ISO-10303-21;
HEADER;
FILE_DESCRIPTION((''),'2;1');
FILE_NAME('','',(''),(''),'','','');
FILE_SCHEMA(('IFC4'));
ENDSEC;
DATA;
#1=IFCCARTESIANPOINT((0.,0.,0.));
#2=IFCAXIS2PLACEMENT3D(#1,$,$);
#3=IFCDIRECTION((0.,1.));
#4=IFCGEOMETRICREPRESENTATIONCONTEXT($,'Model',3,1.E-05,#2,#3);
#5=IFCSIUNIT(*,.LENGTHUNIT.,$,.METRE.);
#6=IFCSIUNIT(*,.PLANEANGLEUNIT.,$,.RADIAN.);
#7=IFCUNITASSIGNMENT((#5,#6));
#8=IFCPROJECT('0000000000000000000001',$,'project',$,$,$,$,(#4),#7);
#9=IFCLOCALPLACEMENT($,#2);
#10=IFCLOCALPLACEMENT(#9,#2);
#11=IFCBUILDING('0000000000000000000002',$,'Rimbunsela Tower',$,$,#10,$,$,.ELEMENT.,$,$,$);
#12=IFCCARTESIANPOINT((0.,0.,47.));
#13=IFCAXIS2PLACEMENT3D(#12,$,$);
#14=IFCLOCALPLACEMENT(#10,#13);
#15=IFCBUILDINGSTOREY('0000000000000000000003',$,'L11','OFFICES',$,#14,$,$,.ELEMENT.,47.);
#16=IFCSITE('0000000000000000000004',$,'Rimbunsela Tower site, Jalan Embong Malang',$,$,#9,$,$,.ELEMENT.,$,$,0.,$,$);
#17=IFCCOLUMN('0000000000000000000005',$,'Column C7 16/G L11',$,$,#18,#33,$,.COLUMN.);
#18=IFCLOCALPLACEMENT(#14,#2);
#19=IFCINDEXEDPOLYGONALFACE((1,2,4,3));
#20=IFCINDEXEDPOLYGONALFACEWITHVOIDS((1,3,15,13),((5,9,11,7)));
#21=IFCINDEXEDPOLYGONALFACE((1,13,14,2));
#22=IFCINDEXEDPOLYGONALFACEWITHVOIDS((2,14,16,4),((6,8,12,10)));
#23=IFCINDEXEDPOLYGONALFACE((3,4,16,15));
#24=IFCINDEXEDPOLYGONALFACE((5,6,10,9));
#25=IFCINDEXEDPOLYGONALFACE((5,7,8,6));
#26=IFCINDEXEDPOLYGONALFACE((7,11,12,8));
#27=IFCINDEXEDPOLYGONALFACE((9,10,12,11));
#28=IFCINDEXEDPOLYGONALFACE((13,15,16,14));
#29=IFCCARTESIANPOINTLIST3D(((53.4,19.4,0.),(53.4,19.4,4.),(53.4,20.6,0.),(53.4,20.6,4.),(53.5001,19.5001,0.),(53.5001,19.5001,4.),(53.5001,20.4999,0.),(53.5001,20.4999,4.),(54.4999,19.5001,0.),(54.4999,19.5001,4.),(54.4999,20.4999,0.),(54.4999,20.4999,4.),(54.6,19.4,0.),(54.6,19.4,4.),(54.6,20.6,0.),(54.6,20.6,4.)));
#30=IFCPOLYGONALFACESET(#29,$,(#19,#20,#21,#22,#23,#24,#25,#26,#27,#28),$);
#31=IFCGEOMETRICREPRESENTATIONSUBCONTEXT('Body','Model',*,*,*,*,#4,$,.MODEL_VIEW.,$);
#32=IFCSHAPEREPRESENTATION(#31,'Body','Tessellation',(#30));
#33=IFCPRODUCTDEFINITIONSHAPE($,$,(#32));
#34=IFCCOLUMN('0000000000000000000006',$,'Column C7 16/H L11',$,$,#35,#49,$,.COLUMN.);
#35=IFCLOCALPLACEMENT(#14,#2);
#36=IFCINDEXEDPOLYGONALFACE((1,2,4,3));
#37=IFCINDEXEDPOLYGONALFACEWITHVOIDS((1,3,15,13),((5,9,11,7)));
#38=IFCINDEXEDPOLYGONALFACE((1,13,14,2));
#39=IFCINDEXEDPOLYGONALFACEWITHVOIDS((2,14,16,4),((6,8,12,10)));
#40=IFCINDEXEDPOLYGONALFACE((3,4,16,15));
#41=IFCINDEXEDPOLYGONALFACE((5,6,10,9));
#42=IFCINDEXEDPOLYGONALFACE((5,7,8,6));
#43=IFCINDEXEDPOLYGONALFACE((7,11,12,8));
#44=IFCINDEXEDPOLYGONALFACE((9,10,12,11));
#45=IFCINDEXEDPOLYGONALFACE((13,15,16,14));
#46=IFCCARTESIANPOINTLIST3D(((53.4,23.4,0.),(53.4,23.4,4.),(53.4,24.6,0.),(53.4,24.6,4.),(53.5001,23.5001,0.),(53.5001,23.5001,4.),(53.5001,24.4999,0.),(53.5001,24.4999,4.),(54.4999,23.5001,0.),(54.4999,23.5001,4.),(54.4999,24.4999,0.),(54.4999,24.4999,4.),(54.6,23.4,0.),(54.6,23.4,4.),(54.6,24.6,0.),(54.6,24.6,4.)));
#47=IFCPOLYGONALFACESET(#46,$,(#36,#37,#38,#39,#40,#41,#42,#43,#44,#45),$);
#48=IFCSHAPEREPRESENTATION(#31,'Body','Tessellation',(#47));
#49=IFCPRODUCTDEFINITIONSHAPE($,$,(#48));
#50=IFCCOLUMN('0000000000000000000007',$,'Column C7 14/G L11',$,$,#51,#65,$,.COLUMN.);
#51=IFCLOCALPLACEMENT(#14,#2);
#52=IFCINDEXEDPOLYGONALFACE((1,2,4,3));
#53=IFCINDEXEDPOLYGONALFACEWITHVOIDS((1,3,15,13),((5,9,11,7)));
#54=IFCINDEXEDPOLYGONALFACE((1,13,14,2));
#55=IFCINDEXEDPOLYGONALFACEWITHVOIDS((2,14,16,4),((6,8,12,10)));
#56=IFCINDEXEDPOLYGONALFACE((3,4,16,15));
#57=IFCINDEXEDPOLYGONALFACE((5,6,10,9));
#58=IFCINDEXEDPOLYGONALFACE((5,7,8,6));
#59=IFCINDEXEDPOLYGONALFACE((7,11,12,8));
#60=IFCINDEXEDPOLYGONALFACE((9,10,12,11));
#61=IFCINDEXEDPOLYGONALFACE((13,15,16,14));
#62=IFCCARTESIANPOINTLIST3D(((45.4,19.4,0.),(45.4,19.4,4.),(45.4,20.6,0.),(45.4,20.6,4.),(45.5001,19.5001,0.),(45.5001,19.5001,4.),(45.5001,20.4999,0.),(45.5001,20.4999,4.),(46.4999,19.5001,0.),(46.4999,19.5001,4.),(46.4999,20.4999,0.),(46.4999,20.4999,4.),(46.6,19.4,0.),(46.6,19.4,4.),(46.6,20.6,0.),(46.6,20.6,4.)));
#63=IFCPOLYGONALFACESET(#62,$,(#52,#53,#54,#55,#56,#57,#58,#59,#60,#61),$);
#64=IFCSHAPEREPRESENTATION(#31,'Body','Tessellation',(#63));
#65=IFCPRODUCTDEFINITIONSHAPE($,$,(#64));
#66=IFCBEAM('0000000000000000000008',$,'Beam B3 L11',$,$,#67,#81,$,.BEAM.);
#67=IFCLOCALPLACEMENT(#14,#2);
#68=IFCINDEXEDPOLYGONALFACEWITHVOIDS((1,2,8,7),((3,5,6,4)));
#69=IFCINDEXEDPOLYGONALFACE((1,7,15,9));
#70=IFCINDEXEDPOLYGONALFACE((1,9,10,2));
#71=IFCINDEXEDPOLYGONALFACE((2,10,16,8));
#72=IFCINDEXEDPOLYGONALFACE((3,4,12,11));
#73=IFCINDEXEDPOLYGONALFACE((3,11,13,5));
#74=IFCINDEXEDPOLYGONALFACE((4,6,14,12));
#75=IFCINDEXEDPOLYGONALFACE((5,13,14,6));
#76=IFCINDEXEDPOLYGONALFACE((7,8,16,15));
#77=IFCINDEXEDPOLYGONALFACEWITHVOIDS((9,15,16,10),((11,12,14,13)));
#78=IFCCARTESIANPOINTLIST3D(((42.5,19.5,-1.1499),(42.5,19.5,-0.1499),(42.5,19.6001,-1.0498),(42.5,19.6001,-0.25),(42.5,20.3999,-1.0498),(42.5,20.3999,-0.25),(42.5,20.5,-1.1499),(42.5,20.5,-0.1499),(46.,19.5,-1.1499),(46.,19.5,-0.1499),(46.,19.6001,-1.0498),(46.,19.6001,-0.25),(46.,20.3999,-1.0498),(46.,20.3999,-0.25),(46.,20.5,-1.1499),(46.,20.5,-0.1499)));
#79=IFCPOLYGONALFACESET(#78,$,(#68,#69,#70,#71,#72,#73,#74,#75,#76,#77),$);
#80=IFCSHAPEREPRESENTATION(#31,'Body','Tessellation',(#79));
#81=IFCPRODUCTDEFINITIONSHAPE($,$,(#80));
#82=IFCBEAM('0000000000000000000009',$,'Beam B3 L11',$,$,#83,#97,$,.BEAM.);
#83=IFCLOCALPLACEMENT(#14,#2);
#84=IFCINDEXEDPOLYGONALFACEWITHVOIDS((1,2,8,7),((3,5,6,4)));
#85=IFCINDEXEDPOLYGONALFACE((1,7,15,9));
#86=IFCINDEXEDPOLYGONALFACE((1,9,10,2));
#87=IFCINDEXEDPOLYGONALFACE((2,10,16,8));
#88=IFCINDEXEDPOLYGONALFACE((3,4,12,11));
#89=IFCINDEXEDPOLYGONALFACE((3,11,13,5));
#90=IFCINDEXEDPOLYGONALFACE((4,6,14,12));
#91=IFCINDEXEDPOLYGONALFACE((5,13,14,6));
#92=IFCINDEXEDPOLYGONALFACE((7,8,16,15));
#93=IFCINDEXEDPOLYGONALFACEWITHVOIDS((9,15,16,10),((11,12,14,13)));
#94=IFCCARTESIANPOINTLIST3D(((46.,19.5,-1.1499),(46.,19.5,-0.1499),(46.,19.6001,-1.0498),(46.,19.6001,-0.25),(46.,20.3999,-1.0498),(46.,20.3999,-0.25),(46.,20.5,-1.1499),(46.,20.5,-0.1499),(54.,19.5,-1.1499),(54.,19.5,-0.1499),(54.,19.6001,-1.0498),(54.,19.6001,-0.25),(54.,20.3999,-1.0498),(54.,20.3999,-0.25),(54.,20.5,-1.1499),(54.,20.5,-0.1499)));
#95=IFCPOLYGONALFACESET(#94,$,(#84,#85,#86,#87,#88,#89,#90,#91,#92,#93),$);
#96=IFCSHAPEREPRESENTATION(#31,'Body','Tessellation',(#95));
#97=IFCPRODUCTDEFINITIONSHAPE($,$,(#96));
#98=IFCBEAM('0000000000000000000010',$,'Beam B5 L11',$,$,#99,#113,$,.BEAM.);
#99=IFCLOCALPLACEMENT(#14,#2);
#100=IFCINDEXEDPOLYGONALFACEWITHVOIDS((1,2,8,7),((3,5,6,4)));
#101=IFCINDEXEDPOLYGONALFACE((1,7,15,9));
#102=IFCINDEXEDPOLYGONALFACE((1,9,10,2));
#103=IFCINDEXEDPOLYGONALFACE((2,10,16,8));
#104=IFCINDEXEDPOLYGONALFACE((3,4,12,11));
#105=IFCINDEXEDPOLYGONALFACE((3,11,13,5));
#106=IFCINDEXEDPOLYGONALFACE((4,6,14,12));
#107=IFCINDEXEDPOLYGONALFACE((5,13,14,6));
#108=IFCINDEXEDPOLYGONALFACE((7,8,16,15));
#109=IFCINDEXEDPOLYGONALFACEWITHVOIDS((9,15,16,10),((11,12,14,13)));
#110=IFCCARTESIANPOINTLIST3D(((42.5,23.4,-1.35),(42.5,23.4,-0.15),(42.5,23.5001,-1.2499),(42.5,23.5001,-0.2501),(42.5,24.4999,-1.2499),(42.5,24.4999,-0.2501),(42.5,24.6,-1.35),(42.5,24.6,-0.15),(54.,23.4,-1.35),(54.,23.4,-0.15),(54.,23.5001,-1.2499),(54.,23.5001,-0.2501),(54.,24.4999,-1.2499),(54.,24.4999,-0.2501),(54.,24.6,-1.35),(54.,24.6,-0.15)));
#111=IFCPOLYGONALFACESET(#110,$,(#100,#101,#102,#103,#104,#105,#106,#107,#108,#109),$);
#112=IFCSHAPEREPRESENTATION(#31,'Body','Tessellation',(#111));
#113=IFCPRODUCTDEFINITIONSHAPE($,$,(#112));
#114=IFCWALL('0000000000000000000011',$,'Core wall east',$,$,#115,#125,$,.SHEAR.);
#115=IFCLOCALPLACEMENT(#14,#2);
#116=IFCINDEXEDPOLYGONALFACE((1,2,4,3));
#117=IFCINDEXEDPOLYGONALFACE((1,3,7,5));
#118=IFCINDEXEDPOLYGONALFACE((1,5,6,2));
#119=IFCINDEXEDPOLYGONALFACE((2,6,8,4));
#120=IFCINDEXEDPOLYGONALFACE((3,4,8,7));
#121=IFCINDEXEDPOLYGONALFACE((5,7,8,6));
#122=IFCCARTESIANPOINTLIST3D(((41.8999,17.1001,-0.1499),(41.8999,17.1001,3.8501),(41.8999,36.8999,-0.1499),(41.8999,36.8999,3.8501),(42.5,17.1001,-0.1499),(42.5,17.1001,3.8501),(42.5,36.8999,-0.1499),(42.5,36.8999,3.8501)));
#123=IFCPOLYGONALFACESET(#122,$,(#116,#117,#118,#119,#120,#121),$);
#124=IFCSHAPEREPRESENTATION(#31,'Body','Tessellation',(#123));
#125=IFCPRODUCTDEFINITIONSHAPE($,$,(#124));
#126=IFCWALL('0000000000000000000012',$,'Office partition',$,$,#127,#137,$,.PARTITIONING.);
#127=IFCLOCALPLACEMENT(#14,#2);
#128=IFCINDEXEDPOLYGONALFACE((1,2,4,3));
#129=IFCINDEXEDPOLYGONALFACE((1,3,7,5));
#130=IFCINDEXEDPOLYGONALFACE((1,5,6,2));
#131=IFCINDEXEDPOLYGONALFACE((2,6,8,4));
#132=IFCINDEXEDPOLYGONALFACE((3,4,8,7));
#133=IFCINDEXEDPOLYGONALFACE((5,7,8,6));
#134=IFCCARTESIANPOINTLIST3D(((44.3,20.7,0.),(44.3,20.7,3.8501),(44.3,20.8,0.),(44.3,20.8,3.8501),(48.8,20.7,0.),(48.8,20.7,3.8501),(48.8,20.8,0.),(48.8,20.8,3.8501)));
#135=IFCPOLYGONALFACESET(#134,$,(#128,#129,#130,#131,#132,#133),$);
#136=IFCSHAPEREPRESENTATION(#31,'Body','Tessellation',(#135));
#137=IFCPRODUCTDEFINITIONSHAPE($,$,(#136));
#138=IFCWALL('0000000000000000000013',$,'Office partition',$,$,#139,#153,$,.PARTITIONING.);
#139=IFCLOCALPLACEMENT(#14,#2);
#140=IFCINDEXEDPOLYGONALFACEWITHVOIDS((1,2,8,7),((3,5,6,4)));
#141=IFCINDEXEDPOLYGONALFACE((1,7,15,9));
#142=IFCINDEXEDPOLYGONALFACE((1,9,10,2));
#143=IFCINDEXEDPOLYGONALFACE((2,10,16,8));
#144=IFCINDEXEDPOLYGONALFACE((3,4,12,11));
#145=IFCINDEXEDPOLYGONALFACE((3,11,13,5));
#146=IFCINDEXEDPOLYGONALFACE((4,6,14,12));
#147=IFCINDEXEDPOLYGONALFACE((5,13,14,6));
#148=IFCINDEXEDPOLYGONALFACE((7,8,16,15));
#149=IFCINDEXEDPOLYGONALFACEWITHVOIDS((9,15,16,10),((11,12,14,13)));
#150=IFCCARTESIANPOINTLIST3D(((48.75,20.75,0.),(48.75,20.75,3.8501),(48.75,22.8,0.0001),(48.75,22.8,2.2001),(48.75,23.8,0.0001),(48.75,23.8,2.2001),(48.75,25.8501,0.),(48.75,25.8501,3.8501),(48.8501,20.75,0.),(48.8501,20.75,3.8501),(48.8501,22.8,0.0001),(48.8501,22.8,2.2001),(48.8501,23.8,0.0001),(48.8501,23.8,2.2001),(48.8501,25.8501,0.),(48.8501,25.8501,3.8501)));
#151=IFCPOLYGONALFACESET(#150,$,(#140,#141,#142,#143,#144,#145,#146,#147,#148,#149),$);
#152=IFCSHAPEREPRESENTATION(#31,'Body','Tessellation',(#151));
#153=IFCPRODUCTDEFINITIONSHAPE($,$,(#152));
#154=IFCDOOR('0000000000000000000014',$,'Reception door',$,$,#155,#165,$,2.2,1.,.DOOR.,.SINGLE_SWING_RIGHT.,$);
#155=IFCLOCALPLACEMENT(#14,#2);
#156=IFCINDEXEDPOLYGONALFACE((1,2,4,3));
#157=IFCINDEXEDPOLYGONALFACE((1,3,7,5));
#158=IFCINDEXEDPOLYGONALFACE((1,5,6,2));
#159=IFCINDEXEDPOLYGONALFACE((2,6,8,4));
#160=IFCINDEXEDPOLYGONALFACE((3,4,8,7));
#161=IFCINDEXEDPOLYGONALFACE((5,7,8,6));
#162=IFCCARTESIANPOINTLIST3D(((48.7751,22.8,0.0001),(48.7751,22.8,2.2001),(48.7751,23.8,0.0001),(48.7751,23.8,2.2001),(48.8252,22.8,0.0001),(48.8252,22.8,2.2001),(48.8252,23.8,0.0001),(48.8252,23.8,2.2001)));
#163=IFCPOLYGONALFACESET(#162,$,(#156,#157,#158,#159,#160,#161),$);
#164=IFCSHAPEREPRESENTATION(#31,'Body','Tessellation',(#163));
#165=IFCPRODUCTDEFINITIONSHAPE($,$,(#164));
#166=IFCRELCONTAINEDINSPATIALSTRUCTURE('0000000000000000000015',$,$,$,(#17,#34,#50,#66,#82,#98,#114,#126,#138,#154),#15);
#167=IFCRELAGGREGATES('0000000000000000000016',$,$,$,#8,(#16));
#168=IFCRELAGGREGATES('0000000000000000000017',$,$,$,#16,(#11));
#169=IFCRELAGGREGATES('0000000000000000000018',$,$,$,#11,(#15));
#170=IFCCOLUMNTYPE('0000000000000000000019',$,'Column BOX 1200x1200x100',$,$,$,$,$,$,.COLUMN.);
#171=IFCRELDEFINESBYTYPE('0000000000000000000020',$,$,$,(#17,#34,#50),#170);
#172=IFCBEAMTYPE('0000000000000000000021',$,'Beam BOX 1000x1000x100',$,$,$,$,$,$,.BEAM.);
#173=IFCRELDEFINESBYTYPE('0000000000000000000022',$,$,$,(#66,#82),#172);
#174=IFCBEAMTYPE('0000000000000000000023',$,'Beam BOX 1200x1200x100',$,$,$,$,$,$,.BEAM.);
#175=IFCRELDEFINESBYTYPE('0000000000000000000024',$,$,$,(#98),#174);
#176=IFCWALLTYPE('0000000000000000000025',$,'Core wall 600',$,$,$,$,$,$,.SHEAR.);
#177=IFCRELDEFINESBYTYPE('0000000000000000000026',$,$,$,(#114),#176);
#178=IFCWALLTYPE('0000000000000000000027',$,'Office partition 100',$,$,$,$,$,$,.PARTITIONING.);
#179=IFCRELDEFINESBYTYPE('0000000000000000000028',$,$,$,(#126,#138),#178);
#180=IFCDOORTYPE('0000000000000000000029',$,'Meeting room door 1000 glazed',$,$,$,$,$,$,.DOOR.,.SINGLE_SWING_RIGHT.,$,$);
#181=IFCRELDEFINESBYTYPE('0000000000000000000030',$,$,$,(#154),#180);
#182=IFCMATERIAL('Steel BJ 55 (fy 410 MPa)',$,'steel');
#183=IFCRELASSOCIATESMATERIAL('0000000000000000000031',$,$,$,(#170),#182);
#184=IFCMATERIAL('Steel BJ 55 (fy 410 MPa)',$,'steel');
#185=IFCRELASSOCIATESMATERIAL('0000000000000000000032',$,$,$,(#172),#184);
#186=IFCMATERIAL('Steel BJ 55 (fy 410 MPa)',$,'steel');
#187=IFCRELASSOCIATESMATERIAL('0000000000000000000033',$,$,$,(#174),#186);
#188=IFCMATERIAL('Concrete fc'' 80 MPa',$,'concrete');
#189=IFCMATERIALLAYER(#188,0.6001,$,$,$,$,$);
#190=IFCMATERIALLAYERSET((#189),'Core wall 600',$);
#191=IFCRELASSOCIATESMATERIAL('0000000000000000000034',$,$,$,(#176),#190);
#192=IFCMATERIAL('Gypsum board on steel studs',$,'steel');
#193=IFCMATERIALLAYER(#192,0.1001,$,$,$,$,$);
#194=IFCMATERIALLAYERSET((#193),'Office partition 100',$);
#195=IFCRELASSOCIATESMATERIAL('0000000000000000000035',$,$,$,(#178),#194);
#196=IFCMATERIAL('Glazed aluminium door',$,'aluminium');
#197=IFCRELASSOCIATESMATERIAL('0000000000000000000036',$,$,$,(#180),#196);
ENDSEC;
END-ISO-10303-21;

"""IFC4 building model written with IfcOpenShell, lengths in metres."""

from ifc_helpers import new_model, si_unit, direction, frame, frame_2d, origin, origin_2d, place, context, subcontext, project, spatial, rectangle, hollow_rectangle, extrude, material, layer, layer_set, material_profile, profile_set, type_object, element, fill, save


model = new_model("IFC4")

# Units and contexts
model_context = context("Model", 3, precision=1e-05, world=origin(), true_north=direction((0.0, 1.0)))
body_context = subcontext(model_context, "Body", "Model", "MODEL_VIEW")
ifc_project = project(units=[si_unit("LENGTHUNIT", "METRE"), si_unit("PLANEANGLEUNIT", "RADIAN")], contexts=[model_context])

# Site, building, storey
site_placement = place(None, origin())
site = spatial("IfcSite", under=ifc_project, at=site_placement, Name="Rimbunsela Tower site, Jalan Embong Malang", CompositionType="ELEMENT", RefElevation=0.0)
building_placement = place(site_placement, origin())
building = spatial("IfcBuilding", under=site, at=building_placement, Name="Rimbunsela Tower", CompositionType="ELEMENT")
storey_placement = place(building_placement, frame((0.0, 0.0, 47.0)))
storey = spatial("IfcBuildingStorey", under=building, at=storey_placement, Name="L11", Description="OFFICES", CompositionType="ELEMENT", Elevation=47.0)

# Columns
ifc_material_1 = material(Name="Steel BJ 55 (fy 410 MPa)", Category="steel")
ifc_material_profile_1 = material_profile(ifc_material_1, hollow_rectangle(XDim=1.2, YDim=1.2, WallThickness=0.1001, at=origin_2d()), Name="BOX 1200x1200x100")
ifc_profile_set_1 = profile_set([ifc_material_profile_1], Name="Steel BJ 55 (fy 410 MPa)")
column_type = type_object("IfcColumnType", Name="Column BOX 1200x1200x100", PredefinedType="COLUMN", material=ifc_profile_set_1)
for number, where, z_axis, x_axis, name in (
    (1, (54.0, 20.0, 0.0), (0.0, 0.0, 1.0), (1.0, 0.0, 0.0), "Column C7 16/G L11"),
    (2, (54.0, 24.0, 0.0), (0.0, 0.0, 1.0), (1.0, 0.0, 0.0), "Column C7 16/H L11"),
    (3, (46.0, 20.0, 0.0), (0.0, 0.0, 1.0), (1.0, 0.0, 0.0), "Column C7 14/G L11"),
):
    element("IfcColumn", number, at=place(storey_placement, frame(where, z_axis=z_axis, x_axis=x_axis)), inside=storey, type_object=column_type, Name=name, PredefinedType="COLUMN", context=body_context, shape_type="SweptSolid", body=[
        extrude(hollow_rectangle(XDim=1.2, YDim=1.2, WallThickness=0.1001, at=origin_2d()), origin(), (0.0, 0.0, 1.0), 4.0),
    ])

# Beams
ifc_material_2 = material(Name="Steel BJ 55 (fy 410 MPa)", Category="steel")
ifc_material_profile_2 = material_profile(ifc_material_2, hollow_rectangle(XDim=1.0, YDim=1.0, WallThickness=0.1001, at=origin_2d()), Name="BOX 1000x1000x100")
ifc_profile_set_2 = profile_set([ifc_material_profile_2], Name="Steel BJ 55 (fy 410 MPa)")
beam_type_1 = type_object("IfcBeamType", Name="Beam BOX 1000x1000x100", PredefinedType="BEAM", material=ifc_profile_set_2)
beam_1_placement = place(storey_placement, frame((42.5, 20.0, -0.6499), z_axis=(1.0, 0.0, 0.0), x_axis=(0.0, 1.0, 0.0)))
element("IfcBeam", 4, at=beam_1_placement, inside=storey, type_object=beam_type_1, Name="Beam B3 L11", PredefinedType="BEAM", context=body_context, shape_type="SweptSolid", body=[
    extrude(hollow_rectangle(XDim=1.0, YDim=1.0, WallThickness=0.1001, at=origin_2d()), origin(), (0.0, 0.0, 1.0), 3.5),
])
beam_2_placement = place(storey_placement, frame((46.0, 20.0, -0.6499), z_axis=(1.0, 0.0, 0.0), x_axis=(0.0, 1.0, 0.0)))
element("IfcBeam", 5, at=beam_2_placement, inside=storey, type_object=beam_type_1, Name="Beam B3 L11", PredefinedType="BEAM", context=body_context, shape_type="SweptSolid", body=[
    extrude(hollow_rectangle(XDim=1.0, YDim=1.0, WallThickness=0.1001, at=origin_2d()), origin(), (0.0, 0.0, 1.0), 8.0),
])
ifc_material_3 = material(Name="Steel BJ 55 (fy 410 MPa)", Category="steel")
ifc_material_profile_3 = material_profile(ifc_material_3, hollow_rectangle(XDim=1.2, YDim=1.2, WallThickness=0.1001, at=origin_2d()), Name="BOX 1200x1200x100")
ifc_profile_set_3 = profile_set([ifc_material_profile_3], Name="Steel BJ 55 (fy 410 MPa)")
beam_type_2 = type_object("IfcBeamType", Name="Beam BOX 1200x1200x100", PredefinedType="BEAM", material=ifc_profile_set_3)
beam_3_placement = place(storey_placement, frame((42.5, 24.0, -0.75), z_axis=(1.0, 0.0, 0.0), x_axis=(0.0, 1.0, 0.0)))
element("IfcBeam", 6, at=beam_3_placement, inside=storey, type_object=beam_type_2, Name="Beam B5 L11", PredefinedType="BEAM", context=body_context, shape_type="SweptSolid", body=[
    extrude(hollow_rectangle(XDim=1.2, YDim=1.2, WallThickness=0.1001, at=origin_2d()), origin(), (0.0, 0.0, 1.0), 11.5),
])

# Walls
ifc_material_4 = material(Name="Concrete fc' 80 MPa", Category="concrete")
ifc_layer_1 = layer(ifc_material_4, 0.6001)
ifc_layer_set_1 = layer_set([ifc_layer_1], Name="Core wall 600")
wall_type_1 = type_object("IfcWallType", Name="Core wall 600", PredefinedType="SHEAR", material=ifc_layer_set_1)
wall_1_placement = place(storey_placement, frame((42.2, 17.1001, -0.1499), z_axis=(0.0, 0.0, 1.0), x_axis=(0.0, 1.0, 0.0)))
element("IfcWall", 7, at=wall_1_placement, inside=storey, type_object=wall_type_1, Name="Core wall east", PredefinedType="SHEAR", context=body_context, shape_type="SweptSolid", body=[
    extrude(rectangle(XDim=19.7998, YDim=0.6001, at=frame_2d((9.8999, 0.0))), origin(), (0.0, 0.0, 1.0), 4.0),
])
ifc_material_5 = material(Name="Gypsum board on steel studs", Category="steel")
ifc_layer_2 = layer(ifc_material_5, 0.1001)
ifc_layer_set_2 = layer_set([ifc_layer_2], Name="Office partition 100")
wall_type_2 = type_object("IfcWallType", Name="Office partition 100", PredefinedType="PARTITIONING", material=ifc_layer_set_2)
wall_2_placement = place(storey_placement, frame((44.3, 20.75, 0.0), z_axis=(0.0, 0.0, 1.0), x_axis=(1.0, 0.0, 0.0)))
element("IfcWall", 8, at=wall_2_placement, inside=storey, type_object=wall_type_2, Name="Office partition", PredefinedType="PARTITIONING", context=body_context, shape_type="SweptSolid", body=[
    extrude(rectangle(XDim=4.5, YDim=0.1001, at=frame_2d((2.25, 0.0))), origin(), (0.0, 0.0, 1.0), 3.8501),
])

# Wall, opening, door
wall_3_placement = place(storey_placement, frame((48.8, 20.75, 0.0), z_axis=(0.0, 0.0, 1.0), x_axis=(0.0, 1.0, 0.0)))
wall_3 = element("IfcWall", 9, at=wall_3_placement, inside=storey, type_object=wall_type_2, Name="Office partition", PredefinedType="PARTITIONING", context=body_context, shape_type="SweptSolid", body=[
    extrude(rectangle(XDim=5.1001, YDim=0.1001, at=frame_2d((2.55, 0.0))), origin(), (0.0, 0.0, 1.0), 3.8501),
])
opening_1_placement = place(wall_3_placement, frame((2.05, 0.0, 0.0)))
opening_1 = element("IfcOpeningElement", 10, at=opening_1_placement, cuts=wall_3, PredefinedType="OPENING", context=body_context, shape_type="SweptSolid", body=[
    extrude(rectangle(XDim=1.0, YDim=2.2, at=frame_2d((0.5, 1.1001))), frame((0.0, 0.0601, 0.0), z_axis=(0.0, -1.0, 0.0), x_axis=(1.0, 0.0, 0.0)), (0.0, 0.0, 1.0), 0.1201),
])
ifc_material_6 = material(Name="Glazed aluminium door", Category="aluminium")
door_type = type_object("IfcDoorType", Name="Meeting room door 1000 glazed", OperationType="SINGLE_SWING_RIGHT", PredefinedType="DOOR", material=ifc_material_6)
door_placement = place(opening_1_placement, origin())
door = element("IfcDoor", 11, at=door_placement, inside=storey, type_object=door_type, Name="Reception door", OperationType="SINGLE_SWING_RIGHT", OverallHeight=2.2, OverallWidth=1.0, PredefinedType="DOOR", context=body_context, shape_type="SweptSolid", body=[
    extrude(rectangle(XDim=1.0, YDim=2.2, at=frame_2d((0.5, 1.1001))), frame((0.0, 0.0249, 0.0), z_axis=(0.0, -1.0, 0.0), x_axis=(1.0, 0.0, 0.0)), (0.0, 0.0, 1.0), 0.05),
])
fill(opening_1, door)

save(model, "model.ifc")
